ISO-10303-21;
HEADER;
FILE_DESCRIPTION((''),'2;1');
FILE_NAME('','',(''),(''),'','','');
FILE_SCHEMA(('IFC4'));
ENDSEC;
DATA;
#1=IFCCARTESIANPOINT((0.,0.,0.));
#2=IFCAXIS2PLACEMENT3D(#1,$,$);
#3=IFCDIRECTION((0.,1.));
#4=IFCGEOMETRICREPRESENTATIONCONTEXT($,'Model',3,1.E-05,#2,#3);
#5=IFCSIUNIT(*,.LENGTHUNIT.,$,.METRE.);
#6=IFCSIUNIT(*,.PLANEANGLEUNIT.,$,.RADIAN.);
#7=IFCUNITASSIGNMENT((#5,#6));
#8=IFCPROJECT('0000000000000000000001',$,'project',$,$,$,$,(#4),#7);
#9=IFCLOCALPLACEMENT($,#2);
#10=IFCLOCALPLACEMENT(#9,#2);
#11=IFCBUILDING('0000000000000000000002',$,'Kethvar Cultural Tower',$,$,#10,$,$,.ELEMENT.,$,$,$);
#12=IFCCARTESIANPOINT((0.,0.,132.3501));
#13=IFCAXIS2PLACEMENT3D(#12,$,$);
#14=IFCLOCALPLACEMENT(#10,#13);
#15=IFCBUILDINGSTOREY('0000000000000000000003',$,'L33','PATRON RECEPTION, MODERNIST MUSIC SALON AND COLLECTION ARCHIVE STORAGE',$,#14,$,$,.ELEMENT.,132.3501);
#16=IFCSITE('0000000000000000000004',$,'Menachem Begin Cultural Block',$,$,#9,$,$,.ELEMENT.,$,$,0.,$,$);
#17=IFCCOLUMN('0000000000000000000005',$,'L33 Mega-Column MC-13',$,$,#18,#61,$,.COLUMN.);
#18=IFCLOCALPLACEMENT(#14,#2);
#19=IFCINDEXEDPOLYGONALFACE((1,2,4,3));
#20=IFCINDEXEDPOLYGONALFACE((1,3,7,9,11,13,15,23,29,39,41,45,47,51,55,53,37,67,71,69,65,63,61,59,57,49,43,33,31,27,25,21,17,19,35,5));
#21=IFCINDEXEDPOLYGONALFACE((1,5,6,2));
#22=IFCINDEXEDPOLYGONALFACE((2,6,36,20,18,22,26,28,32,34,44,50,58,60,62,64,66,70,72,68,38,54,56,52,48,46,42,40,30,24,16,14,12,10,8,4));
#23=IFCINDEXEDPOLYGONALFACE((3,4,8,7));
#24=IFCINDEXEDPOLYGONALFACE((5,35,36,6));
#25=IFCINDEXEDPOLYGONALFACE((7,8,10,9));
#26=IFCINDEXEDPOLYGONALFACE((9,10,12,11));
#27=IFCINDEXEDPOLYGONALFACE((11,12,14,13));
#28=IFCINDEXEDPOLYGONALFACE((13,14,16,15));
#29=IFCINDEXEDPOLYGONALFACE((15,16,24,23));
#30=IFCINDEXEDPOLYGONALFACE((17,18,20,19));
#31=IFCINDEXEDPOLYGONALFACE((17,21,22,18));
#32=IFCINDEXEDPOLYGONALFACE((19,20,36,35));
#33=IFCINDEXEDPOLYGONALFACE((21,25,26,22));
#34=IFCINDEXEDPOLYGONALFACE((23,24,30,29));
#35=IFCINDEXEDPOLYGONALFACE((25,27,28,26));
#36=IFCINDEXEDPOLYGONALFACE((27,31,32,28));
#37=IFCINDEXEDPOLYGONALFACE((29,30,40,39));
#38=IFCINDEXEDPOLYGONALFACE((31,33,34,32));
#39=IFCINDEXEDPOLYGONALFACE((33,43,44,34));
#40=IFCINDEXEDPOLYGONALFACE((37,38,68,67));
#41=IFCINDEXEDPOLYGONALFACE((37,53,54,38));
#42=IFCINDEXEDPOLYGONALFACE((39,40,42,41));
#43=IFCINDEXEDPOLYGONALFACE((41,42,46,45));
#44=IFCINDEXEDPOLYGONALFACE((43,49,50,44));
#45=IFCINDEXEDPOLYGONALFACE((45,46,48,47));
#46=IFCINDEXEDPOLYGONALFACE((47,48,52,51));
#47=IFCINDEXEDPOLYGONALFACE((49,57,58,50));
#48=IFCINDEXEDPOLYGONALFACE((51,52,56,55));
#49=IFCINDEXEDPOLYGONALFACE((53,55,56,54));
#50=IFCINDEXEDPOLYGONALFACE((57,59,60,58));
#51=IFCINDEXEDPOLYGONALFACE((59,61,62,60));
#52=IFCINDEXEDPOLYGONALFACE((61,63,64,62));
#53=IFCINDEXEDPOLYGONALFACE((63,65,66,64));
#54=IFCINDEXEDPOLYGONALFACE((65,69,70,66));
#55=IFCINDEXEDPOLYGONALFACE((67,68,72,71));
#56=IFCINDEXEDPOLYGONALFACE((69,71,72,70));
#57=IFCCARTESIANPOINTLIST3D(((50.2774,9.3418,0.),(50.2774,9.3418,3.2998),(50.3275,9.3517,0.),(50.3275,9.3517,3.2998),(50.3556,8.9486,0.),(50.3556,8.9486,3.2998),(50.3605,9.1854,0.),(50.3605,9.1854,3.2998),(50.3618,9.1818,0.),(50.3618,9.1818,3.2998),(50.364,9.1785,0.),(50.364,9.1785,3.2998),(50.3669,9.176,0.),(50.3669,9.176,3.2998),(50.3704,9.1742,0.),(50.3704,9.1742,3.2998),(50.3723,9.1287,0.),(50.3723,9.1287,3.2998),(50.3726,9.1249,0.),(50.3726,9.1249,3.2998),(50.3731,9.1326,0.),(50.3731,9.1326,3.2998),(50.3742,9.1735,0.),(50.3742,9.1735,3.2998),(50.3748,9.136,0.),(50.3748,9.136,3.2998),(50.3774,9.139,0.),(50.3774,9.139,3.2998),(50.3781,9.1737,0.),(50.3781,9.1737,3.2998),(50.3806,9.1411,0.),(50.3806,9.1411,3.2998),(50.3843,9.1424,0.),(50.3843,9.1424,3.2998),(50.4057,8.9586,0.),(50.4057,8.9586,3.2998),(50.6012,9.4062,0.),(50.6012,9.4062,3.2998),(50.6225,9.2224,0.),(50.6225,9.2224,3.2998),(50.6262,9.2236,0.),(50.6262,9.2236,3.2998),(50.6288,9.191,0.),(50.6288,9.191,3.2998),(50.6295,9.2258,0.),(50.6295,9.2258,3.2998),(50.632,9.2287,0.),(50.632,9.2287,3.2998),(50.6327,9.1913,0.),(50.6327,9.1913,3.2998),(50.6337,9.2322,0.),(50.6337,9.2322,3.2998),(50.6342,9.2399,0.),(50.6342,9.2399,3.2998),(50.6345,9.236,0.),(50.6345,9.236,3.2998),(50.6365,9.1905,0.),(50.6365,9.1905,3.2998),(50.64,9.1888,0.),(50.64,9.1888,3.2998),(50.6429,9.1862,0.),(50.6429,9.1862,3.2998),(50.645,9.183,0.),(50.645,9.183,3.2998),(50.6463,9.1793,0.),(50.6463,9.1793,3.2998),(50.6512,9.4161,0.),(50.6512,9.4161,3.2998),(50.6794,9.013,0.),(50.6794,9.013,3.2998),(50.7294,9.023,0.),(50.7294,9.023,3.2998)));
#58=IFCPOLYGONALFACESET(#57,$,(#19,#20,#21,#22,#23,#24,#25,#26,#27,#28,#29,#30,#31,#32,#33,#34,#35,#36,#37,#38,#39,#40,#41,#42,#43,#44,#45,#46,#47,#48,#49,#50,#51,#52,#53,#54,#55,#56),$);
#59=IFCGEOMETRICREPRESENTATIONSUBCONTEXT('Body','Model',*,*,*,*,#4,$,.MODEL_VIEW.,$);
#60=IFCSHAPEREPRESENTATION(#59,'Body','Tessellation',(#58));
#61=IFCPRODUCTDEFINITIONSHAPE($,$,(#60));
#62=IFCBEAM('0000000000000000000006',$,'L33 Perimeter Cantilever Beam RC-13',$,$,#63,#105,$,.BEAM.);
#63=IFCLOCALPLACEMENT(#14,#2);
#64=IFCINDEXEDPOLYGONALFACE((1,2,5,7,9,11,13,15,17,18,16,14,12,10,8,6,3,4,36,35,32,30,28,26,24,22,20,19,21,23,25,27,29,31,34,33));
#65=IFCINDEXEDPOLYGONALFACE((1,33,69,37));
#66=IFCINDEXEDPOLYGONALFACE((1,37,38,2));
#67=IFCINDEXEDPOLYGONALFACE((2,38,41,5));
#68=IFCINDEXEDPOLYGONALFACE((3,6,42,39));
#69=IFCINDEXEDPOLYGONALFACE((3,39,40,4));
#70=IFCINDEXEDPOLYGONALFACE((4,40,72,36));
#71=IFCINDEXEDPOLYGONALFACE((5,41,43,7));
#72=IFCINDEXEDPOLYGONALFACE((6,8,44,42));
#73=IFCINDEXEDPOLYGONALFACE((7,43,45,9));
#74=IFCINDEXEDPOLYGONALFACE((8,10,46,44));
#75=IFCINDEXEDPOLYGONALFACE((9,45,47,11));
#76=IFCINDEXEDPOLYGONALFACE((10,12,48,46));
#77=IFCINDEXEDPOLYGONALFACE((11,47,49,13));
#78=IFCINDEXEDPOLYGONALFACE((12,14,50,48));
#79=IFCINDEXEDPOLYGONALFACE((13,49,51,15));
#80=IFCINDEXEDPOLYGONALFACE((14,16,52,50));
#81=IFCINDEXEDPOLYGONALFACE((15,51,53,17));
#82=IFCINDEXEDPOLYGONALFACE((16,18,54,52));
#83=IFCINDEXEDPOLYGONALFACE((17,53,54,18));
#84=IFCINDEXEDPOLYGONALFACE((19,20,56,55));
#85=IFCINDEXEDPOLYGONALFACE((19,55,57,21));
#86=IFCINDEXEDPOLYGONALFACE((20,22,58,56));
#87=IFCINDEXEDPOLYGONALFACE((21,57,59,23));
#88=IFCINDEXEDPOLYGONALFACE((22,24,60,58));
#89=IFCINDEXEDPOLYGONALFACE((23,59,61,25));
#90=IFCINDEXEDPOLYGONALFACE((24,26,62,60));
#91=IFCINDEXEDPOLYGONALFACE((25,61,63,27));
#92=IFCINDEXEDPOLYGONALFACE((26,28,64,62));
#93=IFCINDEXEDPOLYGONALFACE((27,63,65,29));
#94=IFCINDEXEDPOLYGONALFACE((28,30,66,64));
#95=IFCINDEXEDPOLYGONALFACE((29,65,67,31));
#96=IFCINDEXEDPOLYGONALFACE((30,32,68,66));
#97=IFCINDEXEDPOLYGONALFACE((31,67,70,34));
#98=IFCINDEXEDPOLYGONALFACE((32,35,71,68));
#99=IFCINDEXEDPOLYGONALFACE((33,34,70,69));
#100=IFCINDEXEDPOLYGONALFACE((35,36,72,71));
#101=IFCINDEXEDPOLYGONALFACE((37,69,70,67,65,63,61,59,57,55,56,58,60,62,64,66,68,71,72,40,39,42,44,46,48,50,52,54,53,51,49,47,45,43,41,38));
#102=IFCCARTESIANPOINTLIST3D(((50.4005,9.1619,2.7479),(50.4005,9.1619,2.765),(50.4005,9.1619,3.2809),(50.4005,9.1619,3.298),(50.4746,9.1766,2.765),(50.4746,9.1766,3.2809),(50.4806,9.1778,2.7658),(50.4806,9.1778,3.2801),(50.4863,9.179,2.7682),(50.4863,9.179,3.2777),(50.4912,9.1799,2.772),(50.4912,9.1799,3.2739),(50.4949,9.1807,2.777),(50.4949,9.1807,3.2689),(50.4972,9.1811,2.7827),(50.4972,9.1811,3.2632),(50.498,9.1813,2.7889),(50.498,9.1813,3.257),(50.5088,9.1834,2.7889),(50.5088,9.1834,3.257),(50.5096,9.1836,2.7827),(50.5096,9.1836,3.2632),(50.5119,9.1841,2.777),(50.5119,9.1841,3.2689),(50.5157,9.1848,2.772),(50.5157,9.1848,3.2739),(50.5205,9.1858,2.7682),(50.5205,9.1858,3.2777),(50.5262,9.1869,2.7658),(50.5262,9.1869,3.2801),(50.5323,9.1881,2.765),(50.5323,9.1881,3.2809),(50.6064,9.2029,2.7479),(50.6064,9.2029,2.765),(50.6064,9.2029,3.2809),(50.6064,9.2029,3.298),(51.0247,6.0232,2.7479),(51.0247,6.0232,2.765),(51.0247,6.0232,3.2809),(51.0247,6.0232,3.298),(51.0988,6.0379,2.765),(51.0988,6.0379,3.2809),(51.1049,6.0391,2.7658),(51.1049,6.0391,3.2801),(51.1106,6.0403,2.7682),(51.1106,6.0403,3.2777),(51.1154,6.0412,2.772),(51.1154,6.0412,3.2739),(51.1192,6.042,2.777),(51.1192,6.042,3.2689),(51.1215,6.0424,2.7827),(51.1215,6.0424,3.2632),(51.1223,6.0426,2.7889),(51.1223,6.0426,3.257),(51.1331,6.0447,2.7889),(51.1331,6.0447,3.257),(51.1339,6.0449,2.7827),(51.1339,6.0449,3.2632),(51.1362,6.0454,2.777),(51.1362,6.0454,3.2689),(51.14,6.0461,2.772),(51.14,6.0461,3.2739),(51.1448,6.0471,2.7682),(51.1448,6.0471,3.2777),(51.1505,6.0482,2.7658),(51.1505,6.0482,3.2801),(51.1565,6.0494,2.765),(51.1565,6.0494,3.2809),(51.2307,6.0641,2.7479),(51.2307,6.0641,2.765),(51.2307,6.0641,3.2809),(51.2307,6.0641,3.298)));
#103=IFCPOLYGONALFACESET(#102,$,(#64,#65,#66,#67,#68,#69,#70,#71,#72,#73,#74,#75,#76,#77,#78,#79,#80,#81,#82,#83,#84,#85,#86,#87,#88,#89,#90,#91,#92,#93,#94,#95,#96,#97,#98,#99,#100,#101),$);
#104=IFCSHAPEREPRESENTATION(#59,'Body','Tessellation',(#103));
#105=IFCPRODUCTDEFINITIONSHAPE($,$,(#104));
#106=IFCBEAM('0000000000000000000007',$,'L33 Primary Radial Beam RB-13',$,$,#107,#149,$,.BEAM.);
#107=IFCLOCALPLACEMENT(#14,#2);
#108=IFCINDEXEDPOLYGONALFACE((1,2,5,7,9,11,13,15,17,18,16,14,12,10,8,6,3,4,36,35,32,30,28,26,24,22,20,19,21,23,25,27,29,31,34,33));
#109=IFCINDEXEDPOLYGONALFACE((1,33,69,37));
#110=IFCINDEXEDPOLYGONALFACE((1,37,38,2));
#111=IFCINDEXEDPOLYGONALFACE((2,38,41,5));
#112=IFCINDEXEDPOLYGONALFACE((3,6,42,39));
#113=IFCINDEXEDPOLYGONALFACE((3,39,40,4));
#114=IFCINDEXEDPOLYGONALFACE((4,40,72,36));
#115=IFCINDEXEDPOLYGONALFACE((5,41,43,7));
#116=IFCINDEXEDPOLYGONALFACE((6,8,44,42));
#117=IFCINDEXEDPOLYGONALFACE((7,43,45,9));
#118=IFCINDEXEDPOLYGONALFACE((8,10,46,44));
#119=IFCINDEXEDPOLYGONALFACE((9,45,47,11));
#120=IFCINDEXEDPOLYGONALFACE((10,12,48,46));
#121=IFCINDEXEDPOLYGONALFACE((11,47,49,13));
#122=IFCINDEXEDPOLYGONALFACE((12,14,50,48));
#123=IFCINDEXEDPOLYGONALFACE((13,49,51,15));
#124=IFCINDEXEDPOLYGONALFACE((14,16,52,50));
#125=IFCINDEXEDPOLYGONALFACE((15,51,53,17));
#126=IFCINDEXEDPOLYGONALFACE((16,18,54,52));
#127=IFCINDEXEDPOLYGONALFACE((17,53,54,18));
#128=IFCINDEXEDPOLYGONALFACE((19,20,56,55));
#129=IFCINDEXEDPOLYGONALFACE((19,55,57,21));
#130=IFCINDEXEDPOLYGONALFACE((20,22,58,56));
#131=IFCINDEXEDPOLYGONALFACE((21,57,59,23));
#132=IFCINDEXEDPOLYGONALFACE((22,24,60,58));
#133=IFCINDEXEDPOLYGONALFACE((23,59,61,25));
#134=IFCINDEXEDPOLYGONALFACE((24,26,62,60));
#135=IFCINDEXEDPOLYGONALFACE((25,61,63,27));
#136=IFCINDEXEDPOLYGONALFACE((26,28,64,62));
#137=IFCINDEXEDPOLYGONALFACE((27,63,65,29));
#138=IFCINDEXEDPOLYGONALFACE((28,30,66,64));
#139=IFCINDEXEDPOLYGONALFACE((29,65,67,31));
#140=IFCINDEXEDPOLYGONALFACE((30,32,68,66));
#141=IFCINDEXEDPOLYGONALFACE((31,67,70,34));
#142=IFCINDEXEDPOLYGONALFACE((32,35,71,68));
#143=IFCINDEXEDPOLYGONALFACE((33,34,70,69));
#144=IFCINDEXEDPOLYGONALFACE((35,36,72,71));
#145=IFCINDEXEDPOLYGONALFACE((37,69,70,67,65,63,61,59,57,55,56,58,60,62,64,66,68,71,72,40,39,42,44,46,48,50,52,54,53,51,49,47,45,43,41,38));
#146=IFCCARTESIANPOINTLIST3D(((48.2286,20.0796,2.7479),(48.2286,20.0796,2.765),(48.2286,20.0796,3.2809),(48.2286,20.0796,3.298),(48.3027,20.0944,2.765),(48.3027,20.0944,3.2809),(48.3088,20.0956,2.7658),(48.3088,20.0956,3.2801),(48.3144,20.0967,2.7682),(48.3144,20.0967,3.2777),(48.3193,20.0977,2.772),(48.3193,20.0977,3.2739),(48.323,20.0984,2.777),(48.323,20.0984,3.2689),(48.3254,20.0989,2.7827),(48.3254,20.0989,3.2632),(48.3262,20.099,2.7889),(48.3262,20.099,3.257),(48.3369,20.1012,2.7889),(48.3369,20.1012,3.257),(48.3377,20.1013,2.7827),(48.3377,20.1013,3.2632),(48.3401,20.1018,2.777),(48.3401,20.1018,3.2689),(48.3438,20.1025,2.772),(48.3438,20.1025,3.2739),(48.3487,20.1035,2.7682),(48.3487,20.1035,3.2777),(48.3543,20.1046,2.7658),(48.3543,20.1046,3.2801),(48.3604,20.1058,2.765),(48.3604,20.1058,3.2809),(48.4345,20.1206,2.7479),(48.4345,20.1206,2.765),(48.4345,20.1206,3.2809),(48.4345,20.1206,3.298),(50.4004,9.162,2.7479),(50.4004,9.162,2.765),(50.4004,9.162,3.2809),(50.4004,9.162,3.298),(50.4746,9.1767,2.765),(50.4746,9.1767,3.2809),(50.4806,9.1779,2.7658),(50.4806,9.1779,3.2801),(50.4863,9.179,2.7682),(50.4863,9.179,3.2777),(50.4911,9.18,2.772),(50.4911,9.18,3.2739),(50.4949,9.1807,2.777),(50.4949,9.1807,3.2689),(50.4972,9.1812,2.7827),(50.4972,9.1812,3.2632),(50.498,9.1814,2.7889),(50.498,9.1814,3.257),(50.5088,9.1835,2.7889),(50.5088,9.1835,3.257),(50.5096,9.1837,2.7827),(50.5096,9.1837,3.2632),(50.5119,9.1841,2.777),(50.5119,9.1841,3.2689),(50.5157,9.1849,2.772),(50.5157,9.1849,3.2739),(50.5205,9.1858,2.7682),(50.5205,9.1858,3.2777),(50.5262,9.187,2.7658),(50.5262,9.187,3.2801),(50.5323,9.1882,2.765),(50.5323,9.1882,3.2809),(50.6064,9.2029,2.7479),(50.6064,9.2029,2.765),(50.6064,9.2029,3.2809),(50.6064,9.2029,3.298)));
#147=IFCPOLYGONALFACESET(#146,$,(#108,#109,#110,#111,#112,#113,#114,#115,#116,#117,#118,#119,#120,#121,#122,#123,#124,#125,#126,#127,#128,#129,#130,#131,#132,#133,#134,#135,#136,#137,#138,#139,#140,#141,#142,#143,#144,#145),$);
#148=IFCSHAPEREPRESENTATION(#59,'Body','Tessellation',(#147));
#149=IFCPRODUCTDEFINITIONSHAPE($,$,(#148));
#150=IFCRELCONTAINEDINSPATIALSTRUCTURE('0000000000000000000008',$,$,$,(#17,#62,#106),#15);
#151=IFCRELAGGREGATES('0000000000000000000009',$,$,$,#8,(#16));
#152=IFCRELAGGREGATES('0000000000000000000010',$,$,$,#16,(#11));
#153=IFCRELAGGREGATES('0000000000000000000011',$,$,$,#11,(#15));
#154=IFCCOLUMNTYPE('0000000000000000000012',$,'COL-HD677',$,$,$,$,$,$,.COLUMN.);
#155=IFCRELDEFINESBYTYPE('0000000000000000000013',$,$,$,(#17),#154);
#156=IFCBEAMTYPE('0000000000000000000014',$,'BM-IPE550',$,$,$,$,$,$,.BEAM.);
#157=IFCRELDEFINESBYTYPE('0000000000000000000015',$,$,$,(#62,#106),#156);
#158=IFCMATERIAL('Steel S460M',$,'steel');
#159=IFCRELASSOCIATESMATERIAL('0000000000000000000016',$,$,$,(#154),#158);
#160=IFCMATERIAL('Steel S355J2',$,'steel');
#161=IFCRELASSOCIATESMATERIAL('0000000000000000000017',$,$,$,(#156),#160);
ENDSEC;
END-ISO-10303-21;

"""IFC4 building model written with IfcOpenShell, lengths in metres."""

from ifc_helpers import new_model, si_unit, direction, frame, origin, origin_2d, place, context, subcontext, project, spatial, i_section, extrude, source, transform, mapped, material, material_profile, profile_set, type_object, element, save


model = new_model("IFC4")

# Units and contexts
model_context = context("Model", 3, precision=1e-05, world=origin(), true_north=direction((0.0, 1.0)))
body_context = subcontext(model_context, "Body", "Model", "MODEL_VIEW")
ifc_project = project(units=[si_unit("LENGTHUNIT", "METRE"), si_unit("PLANEANGLEUNIT", "RADIAN")], contexts=[model_context])

# Site, building, storey
site_placement = place(None, origin())
site = spatial("IfcSite", under=ifc_project, at=site_placement, Name="Menachem Begin Cultural Block", CompositionType="ELEMENT", RefElevation=0.0)
building_placement = place(site_placement, origin())
building = spatial("IfcBuilding", under=site, at=building_placement, Name="Kethvar Cultural Tower", CompositionType="ELEMENT")
storey_placement = place(building_placement, frame((0.0, 0.0, 132.3501)))
storey = spatial("IfcBuildingStorey", under=building, at=storey_placement, Name="L33", Description="PATRON RECEPTION, MODERNIST MUSIC SALON AND COLLECTION ARCHIVE STORAGE", CompositionType="ELEMENT", Elevation=132.3501)

# Column
ifc_material_1 = material(Name="Steel S460M", Category="steel")
ifc_material_profile_1 = material_profile(ifc_material_1, i_section(OverallWidth=0.4009, OverallDepth=0.3811, WebThickness=0.032, FlangeThickness=0.051, FilletRadius=0.0149, at=origin_2d()), Name="Steel S460M — HD400x677")
ifc_profile_set_1 = profile_set([ifc_material_profile_1], Name="Steel S460M — HD400x677")
column_type = type_object("IfcColumnType", Name="COL-HD677", PredefinedType="COLUMN", material=ifc_profile_set_1)
shared_shape_1 = source(origin(), body_context, "Body", "SweptSolid", [
    extrude(i_section(OverallWidth=0.4009, OverallDepth=0.3811, WebThickness=0.032, FlangeThickness=0.051, FilletRadius=0.0149, at=origin_2d()), origin(), (0.0, 0.0, 1.0), 3.2998),
])
column_placement = place(storey_placement, frame((50.5034, 9.1824, 0.0), z_axis=(0.0, 0.0, 1.0), x_axis=(0.19509, -0.980785, 0.0)))
element("IfcColumn", 1, at=column_placement, inside=storey, type_object=column_type, Name="L33 Mega-Column MC-13", PredefinedType="COLUMN", context=body_context, shape_type="MappedRepresentation", body=[
    mapped(shared_shape_1, transform((0.0, 0.0, 0.0), scale=1.0)),
])

# Beams
ifc_material_2 = material(Name="Steel S355J2", Category="steel")
ifc_material_profile_2 = material_profile(ifc_material_2, i_section(OverallWidth=0.21, OverallDepth=0.55, WebThickness=0.011, FlangeThickness=0.0171, FilletRadius=0.0239, at=origin_2d()), Name="Steel S355J2 — IPE550")
ifc_profile_set_2 = profile_set([ifc_material_profile_2], Name="Steel S355J2 — IPE550")
beam_type_1 = type_object("IfcBeamType", Name="BM-IPE550", PredefinedType="BEAM", material=ifc_profile_set_2)
shared_shape_2 = source(origin(), body_context, "Body", "SweptSolid", [
    extrude(i_section(OverallWidth=0.21, OverallDepth=0.55, WebThickness=0.011, FlangeThickness=0.0171, FilletRadius=0.0239, at=origin_2d()), origin(), (0.0, 0.0, 1.0), 3.2002),
])
beam_1_placement = place(storey_placement, frame((50.5034, 9.1824, 3.0229), z_axis=(0.195074, -0.980788, 0.0), x_axis=(0.980788, 0.195074, 0.0)))
element("IfcBeam", 2, at=beam_1_placement, inside=storey, type_object=beam_type_1, Name="L33 Perimeter Cantilever Beam RC-13", PredefinedType="BEAM", context=body_context, shape_type="MappedRepresentation", body=[
    mapped(shared_shape_2, transform((0.0, 0.0, 0.0), scale=1.0)),
])
shared_shape_3 = source(origin(), body_context, "Body", "SweptSolid", [
    extrude(i_section(OverallWidth=0.21, OverallDepth=0.55, WebThickness=0.011, FlangeThickness=0.0171, FilletRadius=0.0239, at=origin_2d()), origin(), (0.0, 0.0, 1.0), 11.1316),
])
beam_2_placement = place(storey_placement, frame((48.3315, 20.1001, 3.0229), z_axis=(0.195108, -0.980782, 0.0), x_axis=(0.980782, 0.195108, 0.0)))
element("IfcBeam", 3, at=beam_2_placement, inside=storey, type_object=beam_type_1, Name="L33 Primary Radial Beam RB-13", PredefinedType="BEAM", context=body_context, shape_type="MappedRepresentation", body=[
    mapped(shared_shape_3, transform((0.0, 0.0, 0.0), scale=1.0)),
])

save(model, "model.ifc")
